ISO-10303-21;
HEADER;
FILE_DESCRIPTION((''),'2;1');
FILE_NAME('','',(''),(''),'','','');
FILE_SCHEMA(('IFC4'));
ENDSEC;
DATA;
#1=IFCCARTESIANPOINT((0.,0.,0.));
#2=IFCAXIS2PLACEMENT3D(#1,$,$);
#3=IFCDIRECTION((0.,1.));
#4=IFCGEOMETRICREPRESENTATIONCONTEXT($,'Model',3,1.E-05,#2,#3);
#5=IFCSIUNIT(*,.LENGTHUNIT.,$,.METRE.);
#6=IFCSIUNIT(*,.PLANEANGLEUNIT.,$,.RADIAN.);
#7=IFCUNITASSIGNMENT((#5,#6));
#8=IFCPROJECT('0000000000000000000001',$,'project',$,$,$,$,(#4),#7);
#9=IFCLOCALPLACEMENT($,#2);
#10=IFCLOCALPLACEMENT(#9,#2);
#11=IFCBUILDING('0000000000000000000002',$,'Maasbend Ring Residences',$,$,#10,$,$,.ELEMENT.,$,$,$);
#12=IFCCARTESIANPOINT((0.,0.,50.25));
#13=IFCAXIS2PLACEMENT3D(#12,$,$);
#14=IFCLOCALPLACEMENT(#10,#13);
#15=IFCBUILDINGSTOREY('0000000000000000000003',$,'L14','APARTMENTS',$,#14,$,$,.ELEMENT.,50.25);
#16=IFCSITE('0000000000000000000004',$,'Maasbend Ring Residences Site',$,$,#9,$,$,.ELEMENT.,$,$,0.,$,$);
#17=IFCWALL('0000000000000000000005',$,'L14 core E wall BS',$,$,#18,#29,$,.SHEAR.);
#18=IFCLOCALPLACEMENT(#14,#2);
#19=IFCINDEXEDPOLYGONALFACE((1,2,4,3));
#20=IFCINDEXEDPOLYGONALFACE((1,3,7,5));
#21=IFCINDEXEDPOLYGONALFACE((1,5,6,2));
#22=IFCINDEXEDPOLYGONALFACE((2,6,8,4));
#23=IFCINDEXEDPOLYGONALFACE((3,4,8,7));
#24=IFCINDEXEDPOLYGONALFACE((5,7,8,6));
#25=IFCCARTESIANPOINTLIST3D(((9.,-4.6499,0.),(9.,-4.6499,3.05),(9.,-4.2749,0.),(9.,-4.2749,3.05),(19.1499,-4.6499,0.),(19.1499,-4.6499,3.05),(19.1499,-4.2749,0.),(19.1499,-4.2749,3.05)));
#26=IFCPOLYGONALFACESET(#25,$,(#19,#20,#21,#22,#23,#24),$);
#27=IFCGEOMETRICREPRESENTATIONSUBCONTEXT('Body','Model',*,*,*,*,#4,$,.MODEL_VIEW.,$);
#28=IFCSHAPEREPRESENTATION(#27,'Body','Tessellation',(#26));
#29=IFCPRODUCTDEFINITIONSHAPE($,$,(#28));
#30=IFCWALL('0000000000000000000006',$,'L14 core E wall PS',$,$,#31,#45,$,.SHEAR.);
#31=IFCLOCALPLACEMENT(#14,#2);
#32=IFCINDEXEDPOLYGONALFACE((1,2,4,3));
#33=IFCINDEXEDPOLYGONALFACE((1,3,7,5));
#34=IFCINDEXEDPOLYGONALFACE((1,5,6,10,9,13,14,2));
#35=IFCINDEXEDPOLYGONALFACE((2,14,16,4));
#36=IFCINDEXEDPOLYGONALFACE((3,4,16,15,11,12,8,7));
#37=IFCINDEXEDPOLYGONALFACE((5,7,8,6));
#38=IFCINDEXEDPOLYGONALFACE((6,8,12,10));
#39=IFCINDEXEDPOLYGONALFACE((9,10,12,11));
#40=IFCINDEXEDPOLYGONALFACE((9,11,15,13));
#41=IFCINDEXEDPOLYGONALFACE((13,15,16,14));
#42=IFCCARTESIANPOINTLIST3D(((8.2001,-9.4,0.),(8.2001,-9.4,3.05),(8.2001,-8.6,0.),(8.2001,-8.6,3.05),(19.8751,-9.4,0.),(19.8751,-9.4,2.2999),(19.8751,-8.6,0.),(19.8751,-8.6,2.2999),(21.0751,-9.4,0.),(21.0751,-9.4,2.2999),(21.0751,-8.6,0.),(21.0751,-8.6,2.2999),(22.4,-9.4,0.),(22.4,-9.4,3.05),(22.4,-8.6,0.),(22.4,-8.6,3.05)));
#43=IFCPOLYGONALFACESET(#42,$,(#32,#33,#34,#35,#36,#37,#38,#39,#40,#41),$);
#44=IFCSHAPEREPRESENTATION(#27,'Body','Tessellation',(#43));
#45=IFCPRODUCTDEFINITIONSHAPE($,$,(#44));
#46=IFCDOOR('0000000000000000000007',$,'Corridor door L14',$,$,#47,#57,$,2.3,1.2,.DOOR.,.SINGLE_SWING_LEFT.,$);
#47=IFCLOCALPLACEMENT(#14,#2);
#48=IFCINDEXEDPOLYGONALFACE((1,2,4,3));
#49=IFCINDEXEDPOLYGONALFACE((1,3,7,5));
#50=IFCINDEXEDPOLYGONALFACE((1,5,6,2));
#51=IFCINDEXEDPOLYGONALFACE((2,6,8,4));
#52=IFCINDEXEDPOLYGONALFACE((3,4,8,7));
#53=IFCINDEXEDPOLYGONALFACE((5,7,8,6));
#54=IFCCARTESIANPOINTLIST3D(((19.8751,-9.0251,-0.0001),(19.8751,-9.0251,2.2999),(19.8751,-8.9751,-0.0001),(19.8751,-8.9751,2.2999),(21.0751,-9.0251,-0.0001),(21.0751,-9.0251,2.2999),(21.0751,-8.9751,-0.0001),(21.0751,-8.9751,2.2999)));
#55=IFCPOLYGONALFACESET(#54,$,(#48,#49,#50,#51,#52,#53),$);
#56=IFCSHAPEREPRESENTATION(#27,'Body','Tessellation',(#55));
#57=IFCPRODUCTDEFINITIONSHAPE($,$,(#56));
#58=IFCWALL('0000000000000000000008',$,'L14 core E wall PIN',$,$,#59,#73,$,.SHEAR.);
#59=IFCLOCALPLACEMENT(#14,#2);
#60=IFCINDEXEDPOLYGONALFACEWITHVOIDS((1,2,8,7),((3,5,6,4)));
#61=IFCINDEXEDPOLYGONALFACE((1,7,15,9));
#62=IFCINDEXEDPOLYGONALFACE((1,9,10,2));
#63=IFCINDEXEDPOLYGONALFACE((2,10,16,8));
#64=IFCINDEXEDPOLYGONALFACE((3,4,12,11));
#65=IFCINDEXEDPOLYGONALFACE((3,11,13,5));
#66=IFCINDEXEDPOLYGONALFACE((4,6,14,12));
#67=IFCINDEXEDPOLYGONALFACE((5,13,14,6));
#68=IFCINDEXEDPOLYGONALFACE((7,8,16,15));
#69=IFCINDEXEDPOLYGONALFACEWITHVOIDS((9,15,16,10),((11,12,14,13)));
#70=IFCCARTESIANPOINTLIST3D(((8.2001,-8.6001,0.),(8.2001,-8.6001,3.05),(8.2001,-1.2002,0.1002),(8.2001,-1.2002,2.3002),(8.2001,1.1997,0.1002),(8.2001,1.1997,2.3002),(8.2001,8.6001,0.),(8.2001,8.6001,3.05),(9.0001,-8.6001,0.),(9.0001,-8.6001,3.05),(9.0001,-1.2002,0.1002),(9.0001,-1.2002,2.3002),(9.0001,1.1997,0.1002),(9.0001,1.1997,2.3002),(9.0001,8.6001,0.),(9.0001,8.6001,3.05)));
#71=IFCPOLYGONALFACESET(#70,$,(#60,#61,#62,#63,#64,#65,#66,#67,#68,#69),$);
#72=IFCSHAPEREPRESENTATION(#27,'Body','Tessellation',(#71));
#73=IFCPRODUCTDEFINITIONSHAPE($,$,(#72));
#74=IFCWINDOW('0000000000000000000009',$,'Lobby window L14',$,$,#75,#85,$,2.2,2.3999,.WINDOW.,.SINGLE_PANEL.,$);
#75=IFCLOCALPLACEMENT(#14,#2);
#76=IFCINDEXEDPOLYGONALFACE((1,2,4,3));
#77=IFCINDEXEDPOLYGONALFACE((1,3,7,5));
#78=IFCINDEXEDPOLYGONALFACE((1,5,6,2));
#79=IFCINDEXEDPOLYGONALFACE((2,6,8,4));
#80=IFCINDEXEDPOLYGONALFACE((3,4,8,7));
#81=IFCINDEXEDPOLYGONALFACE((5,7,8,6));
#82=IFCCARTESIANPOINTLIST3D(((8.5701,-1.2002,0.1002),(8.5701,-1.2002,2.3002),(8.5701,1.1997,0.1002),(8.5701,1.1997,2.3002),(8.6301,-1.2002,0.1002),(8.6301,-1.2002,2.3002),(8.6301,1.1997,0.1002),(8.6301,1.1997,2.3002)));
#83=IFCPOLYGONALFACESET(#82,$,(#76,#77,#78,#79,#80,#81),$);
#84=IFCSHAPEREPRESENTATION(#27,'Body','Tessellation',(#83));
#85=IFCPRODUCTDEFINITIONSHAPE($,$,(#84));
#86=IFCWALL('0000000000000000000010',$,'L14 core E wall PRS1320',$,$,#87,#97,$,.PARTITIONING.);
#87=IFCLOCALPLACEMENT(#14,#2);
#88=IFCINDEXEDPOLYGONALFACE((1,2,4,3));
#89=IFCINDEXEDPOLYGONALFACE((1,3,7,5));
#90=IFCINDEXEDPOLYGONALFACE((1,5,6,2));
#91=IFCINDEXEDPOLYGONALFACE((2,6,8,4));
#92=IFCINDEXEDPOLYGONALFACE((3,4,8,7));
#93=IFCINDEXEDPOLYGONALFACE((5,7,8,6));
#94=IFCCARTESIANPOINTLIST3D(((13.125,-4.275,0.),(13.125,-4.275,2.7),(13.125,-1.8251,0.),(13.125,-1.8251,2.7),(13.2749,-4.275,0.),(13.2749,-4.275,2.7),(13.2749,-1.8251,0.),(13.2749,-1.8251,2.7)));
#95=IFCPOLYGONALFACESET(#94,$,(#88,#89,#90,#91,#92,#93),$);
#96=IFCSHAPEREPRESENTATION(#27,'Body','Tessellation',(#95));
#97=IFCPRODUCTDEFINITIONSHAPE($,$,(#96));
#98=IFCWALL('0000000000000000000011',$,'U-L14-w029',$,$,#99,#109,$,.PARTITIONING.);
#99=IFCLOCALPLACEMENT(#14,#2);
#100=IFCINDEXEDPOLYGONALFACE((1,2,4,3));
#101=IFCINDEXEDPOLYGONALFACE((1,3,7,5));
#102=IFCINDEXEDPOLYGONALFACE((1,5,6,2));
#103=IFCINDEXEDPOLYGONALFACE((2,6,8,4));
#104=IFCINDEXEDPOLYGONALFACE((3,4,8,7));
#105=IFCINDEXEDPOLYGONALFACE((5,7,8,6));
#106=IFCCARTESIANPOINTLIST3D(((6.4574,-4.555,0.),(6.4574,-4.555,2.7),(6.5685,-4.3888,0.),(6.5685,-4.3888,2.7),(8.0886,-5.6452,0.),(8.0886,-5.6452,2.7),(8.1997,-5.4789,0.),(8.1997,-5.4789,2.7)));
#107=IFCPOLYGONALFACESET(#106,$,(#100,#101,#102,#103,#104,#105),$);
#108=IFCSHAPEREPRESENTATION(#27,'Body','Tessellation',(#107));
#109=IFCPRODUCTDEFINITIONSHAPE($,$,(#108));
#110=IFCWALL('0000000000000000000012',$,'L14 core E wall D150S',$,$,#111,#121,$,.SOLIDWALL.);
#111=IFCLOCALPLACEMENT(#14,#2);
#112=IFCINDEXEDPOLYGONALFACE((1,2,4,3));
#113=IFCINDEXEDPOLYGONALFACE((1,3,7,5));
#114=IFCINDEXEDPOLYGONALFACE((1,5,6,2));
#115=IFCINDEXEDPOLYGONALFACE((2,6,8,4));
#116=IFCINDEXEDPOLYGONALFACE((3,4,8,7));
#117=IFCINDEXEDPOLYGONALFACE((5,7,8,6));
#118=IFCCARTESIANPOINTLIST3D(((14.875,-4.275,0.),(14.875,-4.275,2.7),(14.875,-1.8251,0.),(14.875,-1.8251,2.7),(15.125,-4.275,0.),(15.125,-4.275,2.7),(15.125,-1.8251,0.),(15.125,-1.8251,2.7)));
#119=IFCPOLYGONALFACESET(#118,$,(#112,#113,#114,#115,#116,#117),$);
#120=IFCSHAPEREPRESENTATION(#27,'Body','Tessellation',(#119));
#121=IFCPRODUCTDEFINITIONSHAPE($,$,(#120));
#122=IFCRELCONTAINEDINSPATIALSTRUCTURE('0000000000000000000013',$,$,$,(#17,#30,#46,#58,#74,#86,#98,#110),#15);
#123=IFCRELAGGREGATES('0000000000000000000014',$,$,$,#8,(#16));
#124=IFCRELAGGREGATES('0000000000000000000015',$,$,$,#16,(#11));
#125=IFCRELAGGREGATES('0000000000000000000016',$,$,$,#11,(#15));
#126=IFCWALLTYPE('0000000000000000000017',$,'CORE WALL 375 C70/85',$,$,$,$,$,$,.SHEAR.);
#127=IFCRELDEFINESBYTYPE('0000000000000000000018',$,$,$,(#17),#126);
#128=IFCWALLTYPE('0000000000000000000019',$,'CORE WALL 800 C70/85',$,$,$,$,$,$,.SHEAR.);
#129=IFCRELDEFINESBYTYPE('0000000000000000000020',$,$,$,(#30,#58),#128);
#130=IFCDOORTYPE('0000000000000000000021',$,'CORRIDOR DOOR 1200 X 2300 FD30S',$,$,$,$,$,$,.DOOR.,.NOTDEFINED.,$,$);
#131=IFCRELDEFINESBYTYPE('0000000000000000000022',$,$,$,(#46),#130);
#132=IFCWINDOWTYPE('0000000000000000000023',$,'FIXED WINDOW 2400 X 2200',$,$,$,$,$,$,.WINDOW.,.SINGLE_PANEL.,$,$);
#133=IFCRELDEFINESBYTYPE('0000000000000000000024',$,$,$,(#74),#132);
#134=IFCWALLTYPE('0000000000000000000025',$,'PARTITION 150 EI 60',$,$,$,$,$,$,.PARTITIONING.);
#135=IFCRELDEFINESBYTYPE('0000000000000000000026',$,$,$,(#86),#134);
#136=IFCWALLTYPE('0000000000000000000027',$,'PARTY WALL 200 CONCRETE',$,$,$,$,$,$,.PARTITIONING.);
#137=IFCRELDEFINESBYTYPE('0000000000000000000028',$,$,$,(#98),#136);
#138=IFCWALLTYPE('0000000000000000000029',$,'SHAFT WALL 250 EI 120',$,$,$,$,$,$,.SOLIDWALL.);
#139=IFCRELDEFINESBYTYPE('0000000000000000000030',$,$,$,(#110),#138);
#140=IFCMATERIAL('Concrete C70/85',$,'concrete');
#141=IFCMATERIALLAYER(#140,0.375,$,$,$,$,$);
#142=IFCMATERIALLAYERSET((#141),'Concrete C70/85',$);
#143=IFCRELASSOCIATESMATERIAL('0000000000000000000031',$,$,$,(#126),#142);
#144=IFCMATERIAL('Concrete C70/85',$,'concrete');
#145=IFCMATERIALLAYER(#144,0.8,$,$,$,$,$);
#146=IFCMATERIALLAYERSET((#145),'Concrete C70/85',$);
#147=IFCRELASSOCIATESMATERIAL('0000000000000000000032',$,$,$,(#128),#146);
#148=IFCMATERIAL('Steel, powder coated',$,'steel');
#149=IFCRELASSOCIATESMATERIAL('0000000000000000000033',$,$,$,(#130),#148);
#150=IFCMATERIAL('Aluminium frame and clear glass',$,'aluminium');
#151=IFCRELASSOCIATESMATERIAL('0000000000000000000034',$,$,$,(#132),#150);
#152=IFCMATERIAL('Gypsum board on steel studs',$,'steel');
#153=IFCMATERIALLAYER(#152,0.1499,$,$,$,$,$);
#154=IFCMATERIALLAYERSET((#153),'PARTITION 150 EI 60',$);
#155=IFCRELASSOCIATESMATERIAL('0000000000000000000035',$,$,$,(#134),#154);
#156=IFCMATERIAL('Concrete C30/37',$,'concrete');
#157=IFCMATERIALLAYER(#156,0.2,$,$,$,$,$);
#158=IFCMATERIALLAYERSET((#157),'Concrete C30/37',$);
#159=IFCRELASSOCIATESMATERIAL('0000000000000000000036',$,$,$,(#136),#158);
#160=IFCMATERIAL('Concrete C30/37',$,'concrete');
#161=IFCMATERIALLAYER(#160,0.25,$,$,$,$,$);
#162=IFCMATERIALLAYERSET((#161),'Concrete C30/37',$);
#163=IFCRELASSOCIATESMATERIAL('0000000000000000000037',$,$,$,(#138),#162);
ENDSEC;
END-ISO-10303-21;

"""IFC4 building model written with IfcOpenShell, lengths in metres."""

from ifc_helpers import new_model, si_unit, direction, frame, frame_2d, origin, place, context, subcontext, project, spatial, rectangle, extrude, material, layer, layer_set, type_object, element, fill, save


model = new_model("IFC4")

# Units and contexts
model_context = context("Model", 3, precision=1e-05, world=origin(), true_north=direction((0.0, 1.0)))
body_context = subcontext(model_context, "Body", "Model", "MODEL_VIEW")
ifc_project = project(units=[si_unit("LENGTHUNIT", "METRE"), si_unit("PLANEANGLEUNIT", "RADIAN")], contexts=[model_context])

# Site, building, storey
site_placement = place(None, origin())
site = spatial("IfcSite", under=ifc_project, at=site_placement, Name="Maasbend Ring Residences Site", CompositionType="ELEMENT", RefElevation=0.0)
building_placement = place(site_placement, origin())
building = spatial("IfcBuilding", under=site, at=building_placement, Name="Maasbend Ring Residences", CompositionType="ELEMENT")
storey_placement = place(building_placement, frame((0.0, 0.0, 50.25)))
storey = spatial("IfcBuildingStorey", under=building, at=storey_placement, Name="L14", Description="APARTMENTS", CompositionType="ELEMENT", Elevation=50.25)

# Wall
ifc_material_1 = material(Name="Concrete C70/85", Category="concrete")
ifc_layer_1 = layer(ifc_material_1, 0.375)
ifc_layer_set_1 = layer_set([ifc_layer_1], Name="Concrete C70/85")
wall_type_1 = type_object("IfcWallType", Name="CORE WALL 375 C70/85", PredefinedType="SHEAR", material=ifc_layer_set_1)
wall_1_placement = place(storey_placement, frame((9.0, -4.4624, 0.0), z_axis=(0.0, 0.0, 1.0), x_axis=(1.0, 0.0, 0.0)))
element("IfcWall", 1, at=wall_1_placement, inside=storey, type_object=wall_type_1, Name="L14 core E wall BS", PredefinedType="SHEAR", context=body_context, shape_type="SweptSolid", body=[
    extrude(rectangle(XDim=10.1499, YDim=0.375, at=frame_2d((5.075, 0.0))), origin(), (0.0, 0.0, 1.0), 3.05),
])

# Wall, opening, door
ifc_material_2 = material(Name="Concrete C70/85", Category="concrete")
ifc_layer_2 = layer(ifc_material_2, 0.8)
ifc_layer_set_2 = layer_set([ifc_layer_2], Name="Concrete C70/85")
wall_type_2 = type_object("IfcWallType", Name="CORE WALL 800 C70/85", PredefinedType="SHEAR", material=ifc_layer_set_2)
wall_2_placement = place(storey_placement, frame((8.2, -9.0, 0.0), z_axis=(0.0, 0.0, 1.0), x_axis=(1.0, 0.0, 0.0)))
wall_2 = element("IfcWall", 2, at=wall_2_placement, inside=storey, type_object=wall_type_2, Name="L14 core E wall PS", PredefinedType="SHEAR", context=body_context, shape_type="SweptSolid", body=[
    extrude(rectangle(XDim=14.2, YDim=0.8, at=frame_2d((7.1001, 0.0))), origin(), (0.0, 0.0, 1.0), 3.05),
])
opening_1_placement = place(wall_2_placement, frame((11.675, 0.0, 0.0)))
opening_1 = element("IfcOpeningElement", 3, at=opening_1_placement, cuts=wall_2, PredefinedType="OPENING", context=body_context, shape_type="SweptSolid", body=[
    extrude(rectangle(XDim=1.2, YDim=2.3, at=frame_2d((0.6001, 1.1499))), frame((0.0, 0.4102, 0.0), z_axis=(0.0, -1.0, 0.0), x_axis=(1.0, 0.0, 0.0)), (0.0, 0.0, 1.0), 0.8201),
])
ifc_material_3 = material(Name="Steel, powder coated", Category="steel")
door_type = type_object("IfcDoorType", Name="CORRIDOR DOOR 1200 X 2300 FD30S", OperationType="NOTDEFINED", PredefinedType="DOOR", material=ifc_material_3)
door_placement = place(opening_1_placement, origin())
door = element("IfcDoor", 4, at=door_placement, inside=storey, type_object=door_type, Name="Corridor door L14", OperationType="SINGLE_SWING_LEFT", OverallHeight=2.3, OverallWidth=1.2, PredefinedType="DOOR", context=body_context, shape_type="SweptSolid", body=[
    extrude(rectangle(XDim=1.2, YDim=2.3, at=frame_2d((0.6001, 1.1499))), frame((0.0, 0.0249, 0.0), z_axis=(0.0, -1.0, 0.0), x_axis=(1.0, 0.0, 0.0)), (0.0, 0.0, 1.0), 0.05),
])
fill(opening_1, door)

# Wall, opening, window
wall_3_placement = place(storey_placement, frame((8.6001, -8.6001, 0.0), z_axis=(0.0, 0.0, 1.0), x_axis=(0.0, 1.0, 0.0)))
wall_3 = element("IfcWall", 5, at=wall_3_placement, inside=storey, type_object=wall_type_2, Name="L14 core E wall PIN", PredefinedType="SHEAR", context=body_context, shape_type="SweptSolid", body=[
    extrude(rectangle(XDim=17.2002, YDim=0.8, at=frame_2d((8.6001, 0.0))), origin(), (0.0, 0.0, 1.0), 3.05),
])
opening_2_placement = place(wall_3_placement, frame((7.3999, 0.0, 0.1001)))
opening_2 = element("IfcOpeningElement", 6, at=opening_2_placement, cuts=wall_3, PredefinedType="OPENING", context=body_context, shape_type="SweptSolid", body=[
    extrude(rectangle(XDim=2.3999, YDim=2.2, at=frame_2d((1.2, 1.1001))), frame((0.0, 0.4102, 0.0), z_axis=(0.0, -1.0, 0.0), x_axis=(1.0, 0.0, 0.0)), (0.0, 0.0, 1.0), 0.8201),
])
ifc_material_4 = material(Name="Aluminium frame and clear glass", Category="aluminium")
window_type = type_object("IfcWindowType", Name="FIXED WINDOW 2400 X 2200", PartitioningType="SINGLE_PANEL", PredefinedType="WINDOW", material=ifc_material_4)
window_placement = place(opening_2_placement, origin())
window = element("IfcWindow", 7, at=window_placement, inside=storey, type_object=window_type, Name="Lobby window L14", OverallHeight=2.2, OverallWidth=2.3999, PartitioningType="SINGLE_PANEL", PredefinedType="WINDOW", context=body_context, shape_type="SweptSolid", body=[
    extrude(rectangle(XDim=2.3999, YDim=2.2, at=frame_2d((1.2, 1.1001))), frame((0.0, 0.03, 0.0), z_axis=(0.0, -1.0, 0.0), x_axis=(1.0, 0.0, 0.0)), (0.0, 0.0, 1.0), 0.0601),
])
fill(opening_2, window)

# Walls
ifc_material_5 = material(Name="Gypsum board on steel studs", Category="steel")
ifc_layer_3 = layer(ifc_material_5, 0.1499)
ifc_layer_set_3 = layer_set([ifc_layer_3], Name="PARTITION 150 EI 60")
wall_type_3 = type_object("IfcWallType", Name="PARTITION 150 EI 60", PredefinedType="PARTITIONING", material=ifc_layer_set_3)
wall_4_placement = place(storey_placement, frame((13.2, -1.825, 0.0), z_axis=(0.0, 0.0, 1.0), x_axis=(0.0, -1.0, 0.0)))
element("IfcWall", 8, at=wall_4_placement, inside=storey, type_object=wall_type_3, Name="L14 core E wall PRS1320", PredefinedType="PARTITIONING", context=body_context, shape_type="SweptSolid", body=[
    extrude(rectangle(XDim=2.45, YDim=0.1499, at=frame_2d((1.2251, 0.0))), origin(), (0.0, 0.0, 1.0), 2.7),
])
ifc_material_6 = material(Name="Concrete C30/37", Category="concrete")
ifc_layer_4 = layer(ifc_material_6, 0.2)
ifc_layer_set_4 = layer_set([ifc_layer_4], Name="Concrete C30/37")
wall_type_4 = type_object("IfcWallType", Name="PARTY WALL 200 CONCRETE", PredefinedType="PARTITIONING", material=ifc_layer_set_4)
wall_5_placement = place(storey_placement, frame((6.5129, -4.4719, 0.0), z_axis=(0.0, 0.0, 1.0), x_axis=(0.831418, -0.555648, 0.0)))
element("IfcWall", 9, at=wall_5_placement, inside=storey, type_object=wall_type_4, Name="U-L14-w029", PredefinedType="PARTITIONING", context=body_context, shape_type="SweptSolid", body=[
    extrude(rectangle(XDim=1.9619, YDim=0.2, at=frame_2d((0.981, 0.0))), origin(), (0.0, 0.0, 1.0), 2.7),
])
ifc_material_7 = material(Name="Concrete C30/37", Category="concrete")
ifc_layer_5 = layer(ifc_material_7, 0.25)
ifc_layer_set_5 = layer_set([ifc_layer_5], Name="Concrete C30/37")
wall_type_5 = type_object("IfcWallType", Name="SHAFT WALL 250 EI 120", PredefinedType="SOLIDWALL", material=ifc_layer_set_5)
wall_6_placement = place(storey_placement, frame((15.0, -1.825, 0.0), z_axis=(0.0, 0.0, 1.0), x_axis=(0.0, -1.0, 0.0)))
element("IfcWall", 10, at=wall_6_placement, inside=storey, type_object=wall_type_5, Name="L14 core E wall D150S", PredefinedType="SOLIDWALL", context=body_context, shape_type="SweptSolid", body=[
    extrude(rectangle(XDim=2.45, YDim=0.25, at=frame_2d((1.2251, 0.0))), origin(), (0.0, 0.0, 1.0), 2.7),
])

save(model, "model.ifc")
